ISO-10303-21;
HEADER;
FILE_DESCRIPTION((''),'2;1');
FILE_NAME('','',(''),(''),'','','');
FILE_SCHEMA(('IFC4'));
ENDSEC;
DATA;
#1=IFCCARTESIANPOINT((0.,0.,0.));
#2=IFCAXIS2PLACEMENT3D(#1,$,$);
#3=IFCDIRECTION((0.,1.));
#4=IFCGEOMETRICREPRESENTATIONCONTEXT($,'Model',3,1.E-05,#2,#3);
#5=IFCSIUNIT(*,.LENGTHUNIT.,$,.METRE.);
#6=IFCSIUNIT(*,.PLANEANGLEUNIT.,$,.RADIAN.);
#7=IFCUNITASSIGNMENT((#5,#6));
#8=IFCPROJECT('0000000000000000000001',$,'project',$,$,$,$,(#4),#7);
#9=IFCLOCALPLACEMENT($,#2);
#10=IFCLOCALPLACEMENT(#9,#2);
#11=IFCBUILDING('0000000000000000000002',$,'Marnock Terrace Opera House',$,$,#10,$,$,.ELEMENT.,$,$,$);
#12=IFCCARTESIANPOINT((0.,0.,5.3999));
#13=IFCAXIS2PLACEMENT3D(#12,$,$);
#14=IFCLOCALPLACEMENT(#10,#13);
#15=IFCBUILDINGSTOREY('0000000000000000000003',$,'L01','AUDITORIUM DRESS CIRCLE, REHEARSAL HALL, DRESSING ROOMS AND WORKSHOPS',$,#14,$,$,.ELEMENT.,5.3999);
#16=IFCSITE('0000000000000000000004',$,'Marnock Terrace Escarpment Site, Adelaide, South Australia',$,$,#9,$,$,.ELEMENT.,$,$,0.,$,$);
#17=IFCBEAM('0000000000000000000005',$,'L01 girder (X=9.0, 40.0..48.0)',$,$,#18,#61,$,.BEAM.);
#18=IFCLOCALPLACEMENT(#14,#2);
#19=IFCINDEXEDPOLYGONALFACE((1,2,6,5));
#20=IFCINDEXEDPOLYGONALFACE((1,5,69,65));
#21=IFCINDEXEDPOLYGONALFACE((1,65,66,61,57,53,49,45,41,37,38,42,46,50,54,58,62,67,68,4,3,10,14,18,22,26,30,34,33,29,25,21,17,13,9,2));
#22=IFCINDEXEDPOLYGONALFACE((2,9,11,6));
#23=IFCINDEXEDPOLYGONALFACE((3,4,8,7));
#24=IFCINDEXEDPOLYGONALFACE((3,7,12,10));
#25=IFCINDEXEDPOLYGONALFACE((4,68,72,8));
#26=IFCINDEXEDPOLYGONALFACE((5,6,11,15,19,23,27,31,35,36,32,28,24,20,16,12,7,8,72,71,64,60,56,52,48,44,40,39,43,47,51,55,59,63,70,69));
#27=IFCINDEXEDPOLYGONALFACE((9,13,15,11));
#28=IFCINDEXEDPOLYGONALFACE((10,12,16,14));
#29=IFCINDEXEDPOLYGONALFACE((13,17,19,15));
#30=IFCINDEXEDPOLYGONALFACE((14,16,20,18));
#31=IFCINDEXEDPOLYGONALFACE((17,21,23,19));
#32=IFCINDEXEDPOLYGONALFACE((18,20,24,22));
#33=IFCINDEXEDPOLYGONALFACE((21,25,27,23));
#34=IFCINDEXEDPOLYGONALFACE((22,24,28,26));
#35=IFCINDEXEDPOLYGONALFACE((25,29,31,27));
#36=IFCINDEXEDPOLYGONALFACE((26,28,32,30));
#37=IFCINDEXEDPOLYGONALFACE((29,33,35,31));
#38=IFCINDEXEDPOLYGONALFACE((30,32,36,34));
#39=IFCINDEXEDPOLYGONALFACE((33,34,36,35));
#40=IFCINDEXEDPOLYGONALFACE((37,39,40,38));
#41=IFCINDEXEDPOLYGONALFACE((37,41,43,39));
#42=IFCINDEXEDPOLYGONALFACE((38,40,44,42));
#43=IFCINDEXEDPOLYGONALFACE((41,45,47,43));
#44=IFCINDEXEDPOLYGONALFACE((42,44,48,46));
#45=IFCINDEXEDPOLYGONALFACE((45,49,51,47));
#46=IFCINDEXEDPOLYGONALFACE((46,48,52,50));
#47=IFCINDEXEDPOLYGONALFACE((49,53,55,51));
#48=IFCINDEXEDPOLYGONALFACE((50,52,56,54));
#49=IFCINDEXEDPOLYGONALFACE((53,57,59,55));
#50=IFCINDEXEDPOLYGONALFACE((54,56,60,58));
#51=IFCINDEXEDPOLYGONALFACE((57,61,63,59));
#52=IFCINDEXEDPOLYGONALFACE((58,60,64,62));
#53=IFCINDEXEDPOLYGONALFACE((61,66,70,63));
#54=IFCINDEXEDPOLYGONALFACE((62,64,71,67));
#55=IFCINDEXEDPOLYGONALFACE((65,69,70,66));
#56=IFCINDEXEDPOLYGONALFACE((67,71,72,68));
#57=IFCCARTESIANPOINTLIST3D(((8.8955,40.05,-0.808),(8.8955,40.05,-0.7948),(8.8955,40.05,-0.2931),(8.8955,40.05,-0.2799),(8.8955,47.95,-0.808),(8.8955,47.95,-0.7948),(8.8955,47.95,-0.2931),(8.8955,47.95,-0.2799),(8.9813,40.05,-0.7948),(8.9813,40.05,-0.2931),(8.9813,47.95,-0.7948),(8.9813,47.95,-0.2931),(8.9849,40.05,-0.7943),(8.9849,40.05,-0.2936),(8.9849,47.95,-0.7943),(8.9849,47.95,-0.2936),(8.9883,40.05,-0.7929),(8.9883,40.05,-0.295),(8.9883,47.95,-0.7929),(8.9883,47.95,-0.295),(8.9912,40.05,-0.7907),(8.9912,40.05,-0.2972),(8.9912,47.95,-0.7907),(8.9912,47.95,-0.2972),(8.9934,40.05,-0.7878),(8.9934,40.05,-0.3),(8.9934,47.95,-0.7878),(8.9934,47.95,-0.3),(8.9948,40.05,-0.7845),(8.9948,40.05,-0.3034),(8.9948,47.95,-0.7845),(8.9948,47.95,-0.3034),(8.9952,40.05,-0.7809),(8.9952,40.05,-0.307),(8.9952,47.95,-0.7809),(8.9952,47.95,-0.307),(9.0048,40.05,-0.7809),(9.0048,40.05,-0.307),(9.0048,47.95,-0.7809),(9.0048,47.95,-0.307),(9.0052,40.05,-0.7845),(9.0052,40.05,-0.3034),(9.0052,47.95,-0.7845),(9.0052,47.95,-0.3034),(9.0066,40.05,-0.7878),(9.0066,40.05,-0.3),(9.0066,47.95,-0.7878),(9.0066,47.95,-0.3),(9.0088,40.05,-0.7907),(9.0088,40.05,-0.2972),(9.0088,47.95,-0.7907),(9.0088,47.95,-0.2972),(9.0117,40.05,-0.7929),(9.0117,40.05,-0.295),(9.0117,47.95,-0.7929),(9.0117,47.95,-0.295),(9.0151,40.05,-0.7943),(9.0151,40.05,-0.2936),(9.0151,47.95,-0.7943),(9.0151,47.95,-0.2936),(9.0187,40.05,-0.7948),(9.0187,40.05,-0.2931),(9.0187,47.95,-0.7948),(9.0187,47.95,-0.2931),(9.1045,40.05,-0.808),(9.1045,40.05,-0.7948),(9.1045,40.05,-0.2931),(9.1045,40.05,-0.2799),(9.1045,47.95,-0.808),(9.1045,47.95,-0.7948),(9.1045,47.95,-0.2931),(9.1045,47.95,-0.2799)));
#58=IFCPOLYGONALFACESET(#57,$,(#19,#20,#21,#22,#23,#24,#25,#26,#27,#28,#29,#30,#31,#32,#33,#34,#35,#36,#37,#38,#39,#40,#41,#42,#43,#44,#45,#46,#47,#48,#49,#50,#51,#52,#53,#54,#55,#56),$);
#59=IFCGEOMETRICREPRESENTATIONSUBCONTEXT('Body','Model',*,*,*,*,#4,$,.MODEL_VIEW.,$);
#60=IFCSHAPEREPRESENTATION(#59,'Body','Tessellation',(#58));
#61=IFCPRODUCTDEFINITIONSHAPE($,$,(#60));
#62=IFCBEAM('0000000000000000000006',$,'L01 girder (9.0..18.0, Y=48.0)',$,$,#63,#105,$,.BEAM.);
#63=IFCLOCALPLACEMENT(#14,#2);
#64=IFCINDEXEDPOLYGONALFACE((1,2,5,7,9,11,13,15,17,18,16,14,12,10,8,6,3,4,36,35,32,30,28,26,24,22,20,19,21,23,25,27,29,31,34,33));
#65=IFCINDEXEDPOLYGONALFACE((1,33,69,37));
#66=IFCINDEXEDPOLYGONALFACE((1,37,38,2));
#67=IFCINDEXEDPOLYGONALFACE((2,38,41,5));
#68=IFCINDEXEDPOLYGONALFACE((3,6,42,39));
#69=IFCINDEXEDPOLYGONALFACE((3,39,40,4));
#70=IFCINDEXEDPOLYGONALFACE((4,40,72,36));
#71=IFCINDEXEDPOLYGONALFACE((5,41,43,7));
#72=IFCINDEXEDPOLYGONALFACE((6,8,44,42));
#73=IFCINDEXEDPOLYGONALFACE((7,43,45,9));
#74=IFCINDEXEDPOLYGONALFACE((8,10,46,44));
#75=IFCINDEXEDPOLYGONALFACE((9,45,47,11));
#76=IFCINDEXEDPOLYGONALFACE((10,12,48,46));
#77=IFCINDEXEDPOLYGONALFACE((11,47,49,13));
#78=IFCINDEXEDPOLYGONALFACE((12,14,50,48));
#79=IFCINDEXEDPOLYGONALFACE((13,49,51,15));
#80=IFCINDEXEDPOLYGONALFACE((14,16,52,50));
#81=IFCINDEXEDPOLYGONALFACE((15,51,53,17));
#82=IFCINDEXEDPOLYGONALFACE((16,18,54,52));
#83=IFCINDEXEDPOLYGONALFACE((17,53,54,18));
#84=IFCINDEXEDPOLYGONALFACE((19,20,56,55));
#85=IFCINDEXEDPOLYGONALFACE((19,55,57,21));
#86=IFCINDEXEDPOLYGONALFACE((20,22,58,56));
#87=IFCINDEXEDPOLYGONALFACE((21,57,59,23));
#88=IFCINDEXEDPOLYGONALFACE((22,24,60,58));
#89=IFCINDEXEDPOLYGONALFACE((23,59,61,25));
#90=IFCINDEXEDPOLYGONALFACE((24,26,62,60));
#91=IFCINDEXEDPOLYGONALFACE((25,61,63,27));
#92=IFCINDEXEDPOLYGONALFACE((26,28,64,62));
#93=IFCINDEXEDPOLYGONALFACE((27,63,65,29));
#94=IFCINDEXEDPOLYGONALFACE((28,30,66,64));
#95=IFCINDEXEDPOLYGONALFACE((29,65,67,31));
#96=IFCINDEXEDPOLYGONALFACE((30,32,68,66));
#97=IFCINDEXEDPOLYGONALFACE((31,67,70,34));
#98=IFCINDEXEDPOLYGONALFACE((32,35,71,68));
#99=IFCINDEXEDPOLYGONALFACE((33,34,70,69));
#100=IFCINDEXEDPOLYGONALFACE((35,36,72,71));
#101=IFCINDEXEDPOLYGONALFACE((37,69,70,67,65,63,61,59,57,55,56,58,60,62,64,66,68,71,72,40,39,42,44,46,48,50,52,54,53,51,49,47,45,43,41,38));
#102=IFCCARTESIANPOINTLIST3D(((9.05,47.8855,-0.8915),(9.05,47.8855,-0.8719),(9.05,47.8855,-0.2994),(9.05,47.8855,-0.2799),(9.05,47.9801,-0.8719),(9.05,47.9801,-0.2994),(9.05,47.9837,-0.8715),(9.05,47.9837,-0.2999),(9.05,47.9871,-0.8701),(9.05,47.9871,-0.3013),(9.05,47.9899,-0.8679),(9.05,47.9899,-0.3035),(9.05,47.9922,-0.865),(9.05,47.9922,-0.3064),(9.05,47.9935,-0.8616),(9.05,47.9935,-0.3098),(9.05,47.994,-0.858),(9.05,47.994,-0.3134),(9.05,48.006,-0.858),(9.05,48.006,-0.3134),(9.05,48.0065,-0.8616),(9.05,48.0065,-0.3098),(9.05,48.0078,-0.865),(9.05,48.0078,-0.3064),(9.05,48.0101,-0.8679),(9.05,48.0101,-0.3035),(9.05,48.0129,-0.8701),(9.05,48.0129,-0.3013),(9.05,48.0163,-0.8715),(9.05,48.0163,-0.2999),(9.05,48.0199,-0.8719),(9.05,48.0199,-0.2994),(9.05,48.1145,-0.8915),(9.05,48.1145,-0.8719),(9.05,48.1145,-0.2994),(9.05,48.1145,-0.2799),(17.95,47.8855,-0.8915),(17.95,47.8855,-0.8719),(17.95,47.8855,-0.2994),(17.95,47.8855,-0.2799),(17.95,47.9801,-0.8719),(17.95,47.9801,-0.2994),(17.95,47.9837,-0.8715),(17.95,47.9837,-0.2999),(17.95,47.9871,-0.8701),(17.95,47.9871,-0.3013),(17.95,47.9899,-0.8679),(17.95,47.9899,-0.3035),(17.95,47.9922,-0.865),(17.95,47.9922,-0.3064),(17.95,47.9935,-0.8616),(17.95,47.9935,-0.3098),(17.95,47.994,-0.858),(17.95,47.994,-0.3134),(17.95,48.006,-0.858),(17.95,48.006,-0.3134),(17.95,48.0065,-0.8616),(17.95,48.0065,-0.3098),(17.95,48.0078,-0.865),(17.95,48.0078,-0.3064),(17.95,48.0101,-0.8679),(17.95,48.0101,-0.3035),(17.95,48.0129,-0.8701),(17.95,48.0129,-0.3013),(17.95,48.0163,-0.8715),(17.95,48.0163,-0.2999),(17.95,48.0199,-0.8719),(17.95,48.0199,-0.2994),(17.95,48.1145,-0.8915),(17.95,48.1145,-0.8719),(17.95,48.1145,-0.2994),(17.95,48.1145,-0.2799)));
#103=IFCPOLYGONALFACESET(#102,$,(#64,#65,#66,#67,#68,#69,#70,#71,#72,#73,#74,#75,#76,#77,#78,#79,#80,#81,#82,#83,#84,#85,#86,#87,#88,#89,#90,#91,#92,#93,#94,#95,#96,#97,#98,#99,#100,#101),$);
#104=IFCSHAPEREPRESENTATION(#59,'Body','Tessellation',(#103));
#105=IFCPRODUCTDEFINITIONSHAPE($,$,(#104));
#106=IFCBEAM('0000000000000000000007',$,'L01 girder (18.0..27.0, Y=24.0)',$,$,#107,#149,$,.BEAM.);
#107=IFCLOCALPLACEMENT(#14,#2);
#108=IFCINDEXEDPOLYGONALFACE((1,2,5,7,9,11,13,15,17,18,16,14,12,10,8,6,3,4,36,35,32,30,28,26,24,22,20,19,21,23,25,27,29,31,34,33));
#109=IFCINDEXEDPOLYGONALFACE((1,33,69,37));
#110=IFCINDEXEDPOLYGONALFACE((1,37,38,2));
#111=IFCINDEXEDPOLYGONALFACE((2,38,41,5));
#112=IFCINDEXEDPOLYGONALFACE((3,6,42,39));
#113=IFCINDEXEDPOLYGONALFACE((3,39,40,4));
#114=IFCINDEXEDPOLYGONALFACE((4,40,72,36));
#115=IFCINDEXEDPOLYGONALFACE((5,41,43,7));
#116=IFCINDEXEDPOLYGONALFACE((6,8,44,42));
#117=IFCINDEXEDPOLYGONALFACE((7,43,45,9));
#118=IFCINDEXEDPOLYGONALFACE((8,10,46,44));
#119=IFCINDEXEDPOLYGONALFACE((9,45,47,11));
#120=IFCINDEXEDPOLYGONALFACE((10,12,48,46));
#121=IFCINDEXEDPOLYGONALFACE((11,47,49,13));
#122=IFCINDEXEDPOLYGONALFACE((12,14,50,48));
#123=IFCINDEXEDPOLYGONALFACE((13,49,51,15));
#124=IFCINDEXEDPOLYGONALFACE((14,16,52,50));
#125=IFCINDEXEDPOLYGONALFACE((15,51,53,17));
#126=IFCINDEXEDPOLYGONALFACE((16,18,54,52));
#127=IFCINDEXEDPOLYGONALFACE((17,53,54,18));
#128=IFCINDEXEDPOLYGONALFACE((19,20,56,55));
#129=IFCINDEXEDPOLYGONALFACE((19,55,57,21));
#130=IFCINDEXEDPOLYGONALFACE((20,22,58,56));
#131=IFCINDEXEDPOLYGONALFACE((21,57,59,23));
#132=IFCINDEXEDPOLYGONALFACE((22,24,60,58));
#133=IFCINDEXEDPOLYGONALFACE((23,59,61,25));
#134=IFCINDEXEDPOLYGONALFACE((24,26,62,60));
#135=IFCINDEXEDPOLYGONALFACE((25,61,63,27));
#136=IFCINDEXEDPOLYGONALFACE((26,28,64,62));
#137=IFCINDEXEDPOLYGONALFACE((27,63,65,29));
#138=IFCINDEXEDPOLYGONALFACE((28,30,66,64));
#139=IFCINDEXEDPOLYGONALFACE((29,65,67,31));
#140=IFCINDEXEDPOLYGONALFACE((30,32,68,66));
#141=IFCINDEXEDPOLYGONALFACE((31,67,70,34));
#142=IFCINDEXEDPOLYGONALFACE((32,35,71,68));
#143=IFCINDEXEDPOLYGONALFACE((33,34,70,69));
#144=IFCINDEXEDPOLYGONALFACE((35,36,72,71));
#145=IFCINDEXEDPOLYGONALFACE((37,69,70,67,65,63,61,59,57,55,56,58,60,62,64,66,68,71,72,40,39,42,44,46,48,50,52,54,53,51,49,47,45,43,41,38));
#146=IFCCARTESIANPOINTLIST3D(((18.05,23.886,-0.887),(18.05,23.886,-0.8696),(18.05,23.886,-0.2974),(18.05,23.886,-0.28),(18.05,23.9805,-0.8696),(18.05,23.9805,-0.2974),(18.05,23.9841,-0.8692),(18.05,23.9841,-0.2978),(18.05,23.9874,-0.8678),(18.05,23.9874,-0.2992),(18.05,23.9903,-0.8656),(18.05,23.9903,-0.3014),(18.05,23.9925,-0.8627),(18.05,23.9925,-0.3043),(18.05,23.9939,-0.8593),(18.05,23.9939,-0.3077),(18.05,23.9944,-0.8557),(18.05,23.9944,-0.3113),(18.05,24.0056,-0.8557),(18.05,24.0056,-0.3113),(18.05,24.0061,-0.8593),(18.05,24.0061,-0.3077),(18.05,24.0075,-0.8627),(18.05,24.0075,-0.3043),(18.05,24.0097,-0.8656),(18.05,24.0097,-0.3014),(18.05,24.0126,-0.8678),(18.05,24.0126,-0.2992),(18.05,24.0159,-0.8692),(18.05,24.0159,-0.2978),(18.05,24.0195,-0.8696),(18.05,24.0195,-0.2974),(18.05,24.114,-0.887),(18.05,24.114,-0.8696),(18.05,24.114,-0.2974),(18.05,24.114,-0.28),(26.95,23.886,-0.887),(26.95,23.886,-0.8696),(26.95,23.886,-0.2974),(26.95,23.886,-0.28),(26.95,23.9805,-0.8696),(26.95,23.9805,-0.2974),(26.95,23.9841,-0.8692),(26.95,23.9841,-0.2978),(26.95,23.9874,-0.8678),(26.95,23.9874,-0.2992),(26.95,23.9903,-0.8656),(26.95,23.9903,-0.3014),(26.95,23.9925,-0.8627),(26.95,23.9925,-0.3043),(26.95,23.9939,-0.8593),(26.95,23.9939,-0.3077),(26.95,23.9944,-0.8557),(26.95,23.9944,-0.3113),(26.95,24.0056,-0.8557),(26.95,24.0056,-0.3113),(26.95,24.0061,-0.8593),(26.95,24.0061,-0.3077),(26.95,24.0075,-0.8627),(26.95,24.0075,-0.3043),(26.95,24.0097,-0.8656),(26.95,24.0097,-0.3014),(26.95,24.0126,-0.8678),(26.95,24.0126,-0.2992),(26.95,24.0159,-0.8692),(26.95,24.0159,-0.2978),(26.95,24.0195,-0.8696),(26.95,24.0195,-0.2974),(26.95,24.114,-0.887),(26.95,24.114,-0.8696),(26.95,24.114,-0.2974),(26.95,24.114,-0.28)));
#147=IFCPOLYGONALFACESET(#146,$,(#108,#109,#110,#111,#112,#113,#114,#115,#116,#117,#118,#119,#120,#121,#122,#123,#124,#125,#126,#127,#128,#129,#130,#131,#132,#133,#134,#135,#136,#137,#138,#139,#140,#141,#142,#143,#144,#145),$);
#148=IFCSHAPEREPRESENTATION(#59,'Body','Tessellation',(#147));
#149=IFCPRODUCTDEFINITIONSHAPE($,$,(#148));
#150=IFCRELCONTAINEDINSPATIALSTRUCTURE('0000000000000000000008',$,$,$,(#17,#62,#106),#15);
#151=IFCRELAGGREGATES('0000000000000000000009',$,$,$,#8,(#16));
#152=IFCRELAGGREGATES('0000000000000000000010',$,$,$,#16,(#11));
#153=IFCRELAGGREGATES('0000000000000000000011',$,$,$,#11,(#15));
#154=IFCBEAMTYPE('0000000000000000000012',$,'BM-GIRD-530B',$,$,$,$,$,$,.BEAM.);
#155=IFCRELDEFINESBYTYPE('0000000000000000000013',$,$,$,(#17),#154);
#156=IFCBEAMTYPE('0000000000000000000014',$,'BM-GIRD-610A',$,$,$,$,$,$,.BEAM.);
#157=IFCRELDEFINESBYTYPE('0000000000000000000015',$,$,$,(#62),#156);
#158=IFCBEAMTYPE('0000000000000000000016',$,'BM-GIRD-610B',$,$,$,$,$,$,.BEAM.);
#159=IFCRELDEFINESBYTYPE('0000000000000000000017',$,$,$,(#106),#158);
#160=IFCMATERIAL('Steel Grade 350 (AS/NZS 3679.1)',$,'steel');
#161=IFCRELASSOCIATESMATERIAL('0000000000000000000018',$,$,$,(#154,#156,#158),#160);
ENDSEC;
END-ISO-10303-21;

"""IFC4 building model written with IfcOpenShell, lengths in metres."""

from ifc_helpers import new_model, si_unit, direction, frame, origin, origin_2d, place, context, subcontext, project, spatial, i_section, extrude, material, material_profile, profile_set, type_object, element, save


model = new_model("IFC4")

# Units and contexts
model_context = context("Model", 3, precision=1e-05, world=origin(), true_north=direction((0.0, 1.0)))
body_context = subcontext(model_context, "Body", "Model", "MODEL_VIEW")
ifc_project = project(units=[si_unit("LENGTHUNIT", "METRE"), si_unit("PLANEANGLEUNIT", "RADIAN")], contexts=[model_context])

# Site, building, storey
site_placement = place(None, origin())
site = spatial("IfcSite", under=ifc_project, at=site_placement, Name="Marnock Terrace Escarpment Site, Adelaide, South Australia", CompositionType="ELEMENT", RefElevation=0.0)
building_placement = place(site_placement, origin())
building = spatial("IfcBuilding", under=site, at=building_placement, Name="Marnock Terrace Opera House", CompositionType="ELEMENT")
storey_placement = place(building_placement, frame((0.0, 0.0, 5.3999)))
storey = spatial("IfcBuildingStorey", under=building, at=storey_placement, Name="L01", Description="AUDITORIUM DRESS CIRCLE, REHEARSAL HALL, DRESSING ROOMS AND WORKSHOPS", CompositionType="ELEMENT", Elevation=5.3999)

# Shared definitions
ifc_material_1 = material(Name="Steel Grade 350 (AS/NZS 3679.1)", Category="steel")

# Beams
ifc_material_profile_1 = material_profile(ifc_material_1, i_section(OverallWidth=0.209, OverallDepth=0.5281, WebThickness=0.0095, FlangeThickness=0.0132, FilletRadius=0.0139, at=origin_2d()))
ifc_profile_set_1 = profile_set([ifc_material_profile_1], Name="Steel Grade 350 (AS/NZS 3679.1)")
beam_type_1 = type_object("IfcBeamType", Name="BM-GIRD-530B", PredefinedType="BEAM", material=ifc_profile_set_1)
beam_1_placement = place(storey_placement, frame((9.0, 40.05, -0.5439), z_axis=(0.0, 1.0, 0.0), x_axis=(-1.0, 0.0, 0.0)))
element("IfcBeam", 1, at=beam_1_placement, inside=storey, type_object=beam_type_1, Name="L01 girder (X=9.0, 40.0..48.0)", PredefinedType="BEAM", context=body_context, shape_type="SweptSolid", body=[
    extrude(i_section(OverallWidth=0.209, OverallDepth=0.5281, WebThickness=0.0095, FlangeThickness=0.0132, FilletRadius=0.0139, at=origin_2d()), origin(), (0.0, 0.0, 1.0), 7.8999),
])
ifc_material_profile_2 = material_profile(ifc_material_1, i_section(OverallWidth=0.229, OverallDepth=0.6116, WebThickness=0.012, FlangeThickness=0.0195, FilletRadius=0.0139, at=origin_2d()))
ifc_profile_set_2 = profile_set([ifc_material_profile_2], Name="Steel Grade 350 (AS/NZS 3679.1)")
beam_type_2 = type_object("IfcBeamType", Name="BM-GIRD-610A", PredefinedType="BEAM", material=ifc_profile_set_2)
beam_2_placement = place(storey_placement, frame((9.05, 48.0, -0.5857), z_axis=(1.0, 0.0, 0.0), x_axis=(0.0, 1.0, 0.0)))
element("IfcBeam", 2, at=beam_2_placement, inside=storey, type_object=beam_type_2, Name="L01 girder (9.0..18.0, Y=48.0)", PredefinedType="BEAM", context=body_context, shape_type="SweptSolid", body=[
    extrude(i_section(OverallWidth=0.229, OverallDepth=0.6116, WebThickness=0.012, FlangeThickness=0.0195, FilletRadius=0.0139, at=origin_2d()), origin(), (0.0, 0.0, 1.0), 8.8999),
])
ifc_material_profile_3 = material_profile(ifc_material_1, i_section(OverallWidth=0.228, OverallDepth=0.6069, WebThickness=0.0112, FlangeThickness=0.0173, FilletRadius=0.0139, at=origin_2d()))
ifc_profile_set_3 = profile_set([ifc_material_profile_3], Name="Steel Grade 350 (AS/NZS 3679.1)")
beam_type_3 = type_object("IfcBeamType", Name="BM-GIRD-610B", PredefinedType="BEAM", material=ifc_profile_set_3)
beam_3_placement = place(storey_placement, frame((18.05, 24.0, -0.5835), z_axis=(1.0, 0.0, 0.0), x_axis=(0.0, 1.0, 0.0)))
element("IfcBeam", 3, at=beam_3_placement, inside=storey, type_object=beam_type_3, Name="L01 girder (18.0..27.0, Y=24.0)", PredefinedType="BEAM", context=body_context, shape_type="SweptSolid", body=[
    extrude(i_section(OverallWidth=0.228, OverallDepth=0.6069, WebThickness=0.0112, FlangeThickness=0.0173, FilletRadius=0.0139, at=origin_2d()), origin(), (0.0, 0.0, 1.0), 8.8999),
])

save(model, "model.ifc")
